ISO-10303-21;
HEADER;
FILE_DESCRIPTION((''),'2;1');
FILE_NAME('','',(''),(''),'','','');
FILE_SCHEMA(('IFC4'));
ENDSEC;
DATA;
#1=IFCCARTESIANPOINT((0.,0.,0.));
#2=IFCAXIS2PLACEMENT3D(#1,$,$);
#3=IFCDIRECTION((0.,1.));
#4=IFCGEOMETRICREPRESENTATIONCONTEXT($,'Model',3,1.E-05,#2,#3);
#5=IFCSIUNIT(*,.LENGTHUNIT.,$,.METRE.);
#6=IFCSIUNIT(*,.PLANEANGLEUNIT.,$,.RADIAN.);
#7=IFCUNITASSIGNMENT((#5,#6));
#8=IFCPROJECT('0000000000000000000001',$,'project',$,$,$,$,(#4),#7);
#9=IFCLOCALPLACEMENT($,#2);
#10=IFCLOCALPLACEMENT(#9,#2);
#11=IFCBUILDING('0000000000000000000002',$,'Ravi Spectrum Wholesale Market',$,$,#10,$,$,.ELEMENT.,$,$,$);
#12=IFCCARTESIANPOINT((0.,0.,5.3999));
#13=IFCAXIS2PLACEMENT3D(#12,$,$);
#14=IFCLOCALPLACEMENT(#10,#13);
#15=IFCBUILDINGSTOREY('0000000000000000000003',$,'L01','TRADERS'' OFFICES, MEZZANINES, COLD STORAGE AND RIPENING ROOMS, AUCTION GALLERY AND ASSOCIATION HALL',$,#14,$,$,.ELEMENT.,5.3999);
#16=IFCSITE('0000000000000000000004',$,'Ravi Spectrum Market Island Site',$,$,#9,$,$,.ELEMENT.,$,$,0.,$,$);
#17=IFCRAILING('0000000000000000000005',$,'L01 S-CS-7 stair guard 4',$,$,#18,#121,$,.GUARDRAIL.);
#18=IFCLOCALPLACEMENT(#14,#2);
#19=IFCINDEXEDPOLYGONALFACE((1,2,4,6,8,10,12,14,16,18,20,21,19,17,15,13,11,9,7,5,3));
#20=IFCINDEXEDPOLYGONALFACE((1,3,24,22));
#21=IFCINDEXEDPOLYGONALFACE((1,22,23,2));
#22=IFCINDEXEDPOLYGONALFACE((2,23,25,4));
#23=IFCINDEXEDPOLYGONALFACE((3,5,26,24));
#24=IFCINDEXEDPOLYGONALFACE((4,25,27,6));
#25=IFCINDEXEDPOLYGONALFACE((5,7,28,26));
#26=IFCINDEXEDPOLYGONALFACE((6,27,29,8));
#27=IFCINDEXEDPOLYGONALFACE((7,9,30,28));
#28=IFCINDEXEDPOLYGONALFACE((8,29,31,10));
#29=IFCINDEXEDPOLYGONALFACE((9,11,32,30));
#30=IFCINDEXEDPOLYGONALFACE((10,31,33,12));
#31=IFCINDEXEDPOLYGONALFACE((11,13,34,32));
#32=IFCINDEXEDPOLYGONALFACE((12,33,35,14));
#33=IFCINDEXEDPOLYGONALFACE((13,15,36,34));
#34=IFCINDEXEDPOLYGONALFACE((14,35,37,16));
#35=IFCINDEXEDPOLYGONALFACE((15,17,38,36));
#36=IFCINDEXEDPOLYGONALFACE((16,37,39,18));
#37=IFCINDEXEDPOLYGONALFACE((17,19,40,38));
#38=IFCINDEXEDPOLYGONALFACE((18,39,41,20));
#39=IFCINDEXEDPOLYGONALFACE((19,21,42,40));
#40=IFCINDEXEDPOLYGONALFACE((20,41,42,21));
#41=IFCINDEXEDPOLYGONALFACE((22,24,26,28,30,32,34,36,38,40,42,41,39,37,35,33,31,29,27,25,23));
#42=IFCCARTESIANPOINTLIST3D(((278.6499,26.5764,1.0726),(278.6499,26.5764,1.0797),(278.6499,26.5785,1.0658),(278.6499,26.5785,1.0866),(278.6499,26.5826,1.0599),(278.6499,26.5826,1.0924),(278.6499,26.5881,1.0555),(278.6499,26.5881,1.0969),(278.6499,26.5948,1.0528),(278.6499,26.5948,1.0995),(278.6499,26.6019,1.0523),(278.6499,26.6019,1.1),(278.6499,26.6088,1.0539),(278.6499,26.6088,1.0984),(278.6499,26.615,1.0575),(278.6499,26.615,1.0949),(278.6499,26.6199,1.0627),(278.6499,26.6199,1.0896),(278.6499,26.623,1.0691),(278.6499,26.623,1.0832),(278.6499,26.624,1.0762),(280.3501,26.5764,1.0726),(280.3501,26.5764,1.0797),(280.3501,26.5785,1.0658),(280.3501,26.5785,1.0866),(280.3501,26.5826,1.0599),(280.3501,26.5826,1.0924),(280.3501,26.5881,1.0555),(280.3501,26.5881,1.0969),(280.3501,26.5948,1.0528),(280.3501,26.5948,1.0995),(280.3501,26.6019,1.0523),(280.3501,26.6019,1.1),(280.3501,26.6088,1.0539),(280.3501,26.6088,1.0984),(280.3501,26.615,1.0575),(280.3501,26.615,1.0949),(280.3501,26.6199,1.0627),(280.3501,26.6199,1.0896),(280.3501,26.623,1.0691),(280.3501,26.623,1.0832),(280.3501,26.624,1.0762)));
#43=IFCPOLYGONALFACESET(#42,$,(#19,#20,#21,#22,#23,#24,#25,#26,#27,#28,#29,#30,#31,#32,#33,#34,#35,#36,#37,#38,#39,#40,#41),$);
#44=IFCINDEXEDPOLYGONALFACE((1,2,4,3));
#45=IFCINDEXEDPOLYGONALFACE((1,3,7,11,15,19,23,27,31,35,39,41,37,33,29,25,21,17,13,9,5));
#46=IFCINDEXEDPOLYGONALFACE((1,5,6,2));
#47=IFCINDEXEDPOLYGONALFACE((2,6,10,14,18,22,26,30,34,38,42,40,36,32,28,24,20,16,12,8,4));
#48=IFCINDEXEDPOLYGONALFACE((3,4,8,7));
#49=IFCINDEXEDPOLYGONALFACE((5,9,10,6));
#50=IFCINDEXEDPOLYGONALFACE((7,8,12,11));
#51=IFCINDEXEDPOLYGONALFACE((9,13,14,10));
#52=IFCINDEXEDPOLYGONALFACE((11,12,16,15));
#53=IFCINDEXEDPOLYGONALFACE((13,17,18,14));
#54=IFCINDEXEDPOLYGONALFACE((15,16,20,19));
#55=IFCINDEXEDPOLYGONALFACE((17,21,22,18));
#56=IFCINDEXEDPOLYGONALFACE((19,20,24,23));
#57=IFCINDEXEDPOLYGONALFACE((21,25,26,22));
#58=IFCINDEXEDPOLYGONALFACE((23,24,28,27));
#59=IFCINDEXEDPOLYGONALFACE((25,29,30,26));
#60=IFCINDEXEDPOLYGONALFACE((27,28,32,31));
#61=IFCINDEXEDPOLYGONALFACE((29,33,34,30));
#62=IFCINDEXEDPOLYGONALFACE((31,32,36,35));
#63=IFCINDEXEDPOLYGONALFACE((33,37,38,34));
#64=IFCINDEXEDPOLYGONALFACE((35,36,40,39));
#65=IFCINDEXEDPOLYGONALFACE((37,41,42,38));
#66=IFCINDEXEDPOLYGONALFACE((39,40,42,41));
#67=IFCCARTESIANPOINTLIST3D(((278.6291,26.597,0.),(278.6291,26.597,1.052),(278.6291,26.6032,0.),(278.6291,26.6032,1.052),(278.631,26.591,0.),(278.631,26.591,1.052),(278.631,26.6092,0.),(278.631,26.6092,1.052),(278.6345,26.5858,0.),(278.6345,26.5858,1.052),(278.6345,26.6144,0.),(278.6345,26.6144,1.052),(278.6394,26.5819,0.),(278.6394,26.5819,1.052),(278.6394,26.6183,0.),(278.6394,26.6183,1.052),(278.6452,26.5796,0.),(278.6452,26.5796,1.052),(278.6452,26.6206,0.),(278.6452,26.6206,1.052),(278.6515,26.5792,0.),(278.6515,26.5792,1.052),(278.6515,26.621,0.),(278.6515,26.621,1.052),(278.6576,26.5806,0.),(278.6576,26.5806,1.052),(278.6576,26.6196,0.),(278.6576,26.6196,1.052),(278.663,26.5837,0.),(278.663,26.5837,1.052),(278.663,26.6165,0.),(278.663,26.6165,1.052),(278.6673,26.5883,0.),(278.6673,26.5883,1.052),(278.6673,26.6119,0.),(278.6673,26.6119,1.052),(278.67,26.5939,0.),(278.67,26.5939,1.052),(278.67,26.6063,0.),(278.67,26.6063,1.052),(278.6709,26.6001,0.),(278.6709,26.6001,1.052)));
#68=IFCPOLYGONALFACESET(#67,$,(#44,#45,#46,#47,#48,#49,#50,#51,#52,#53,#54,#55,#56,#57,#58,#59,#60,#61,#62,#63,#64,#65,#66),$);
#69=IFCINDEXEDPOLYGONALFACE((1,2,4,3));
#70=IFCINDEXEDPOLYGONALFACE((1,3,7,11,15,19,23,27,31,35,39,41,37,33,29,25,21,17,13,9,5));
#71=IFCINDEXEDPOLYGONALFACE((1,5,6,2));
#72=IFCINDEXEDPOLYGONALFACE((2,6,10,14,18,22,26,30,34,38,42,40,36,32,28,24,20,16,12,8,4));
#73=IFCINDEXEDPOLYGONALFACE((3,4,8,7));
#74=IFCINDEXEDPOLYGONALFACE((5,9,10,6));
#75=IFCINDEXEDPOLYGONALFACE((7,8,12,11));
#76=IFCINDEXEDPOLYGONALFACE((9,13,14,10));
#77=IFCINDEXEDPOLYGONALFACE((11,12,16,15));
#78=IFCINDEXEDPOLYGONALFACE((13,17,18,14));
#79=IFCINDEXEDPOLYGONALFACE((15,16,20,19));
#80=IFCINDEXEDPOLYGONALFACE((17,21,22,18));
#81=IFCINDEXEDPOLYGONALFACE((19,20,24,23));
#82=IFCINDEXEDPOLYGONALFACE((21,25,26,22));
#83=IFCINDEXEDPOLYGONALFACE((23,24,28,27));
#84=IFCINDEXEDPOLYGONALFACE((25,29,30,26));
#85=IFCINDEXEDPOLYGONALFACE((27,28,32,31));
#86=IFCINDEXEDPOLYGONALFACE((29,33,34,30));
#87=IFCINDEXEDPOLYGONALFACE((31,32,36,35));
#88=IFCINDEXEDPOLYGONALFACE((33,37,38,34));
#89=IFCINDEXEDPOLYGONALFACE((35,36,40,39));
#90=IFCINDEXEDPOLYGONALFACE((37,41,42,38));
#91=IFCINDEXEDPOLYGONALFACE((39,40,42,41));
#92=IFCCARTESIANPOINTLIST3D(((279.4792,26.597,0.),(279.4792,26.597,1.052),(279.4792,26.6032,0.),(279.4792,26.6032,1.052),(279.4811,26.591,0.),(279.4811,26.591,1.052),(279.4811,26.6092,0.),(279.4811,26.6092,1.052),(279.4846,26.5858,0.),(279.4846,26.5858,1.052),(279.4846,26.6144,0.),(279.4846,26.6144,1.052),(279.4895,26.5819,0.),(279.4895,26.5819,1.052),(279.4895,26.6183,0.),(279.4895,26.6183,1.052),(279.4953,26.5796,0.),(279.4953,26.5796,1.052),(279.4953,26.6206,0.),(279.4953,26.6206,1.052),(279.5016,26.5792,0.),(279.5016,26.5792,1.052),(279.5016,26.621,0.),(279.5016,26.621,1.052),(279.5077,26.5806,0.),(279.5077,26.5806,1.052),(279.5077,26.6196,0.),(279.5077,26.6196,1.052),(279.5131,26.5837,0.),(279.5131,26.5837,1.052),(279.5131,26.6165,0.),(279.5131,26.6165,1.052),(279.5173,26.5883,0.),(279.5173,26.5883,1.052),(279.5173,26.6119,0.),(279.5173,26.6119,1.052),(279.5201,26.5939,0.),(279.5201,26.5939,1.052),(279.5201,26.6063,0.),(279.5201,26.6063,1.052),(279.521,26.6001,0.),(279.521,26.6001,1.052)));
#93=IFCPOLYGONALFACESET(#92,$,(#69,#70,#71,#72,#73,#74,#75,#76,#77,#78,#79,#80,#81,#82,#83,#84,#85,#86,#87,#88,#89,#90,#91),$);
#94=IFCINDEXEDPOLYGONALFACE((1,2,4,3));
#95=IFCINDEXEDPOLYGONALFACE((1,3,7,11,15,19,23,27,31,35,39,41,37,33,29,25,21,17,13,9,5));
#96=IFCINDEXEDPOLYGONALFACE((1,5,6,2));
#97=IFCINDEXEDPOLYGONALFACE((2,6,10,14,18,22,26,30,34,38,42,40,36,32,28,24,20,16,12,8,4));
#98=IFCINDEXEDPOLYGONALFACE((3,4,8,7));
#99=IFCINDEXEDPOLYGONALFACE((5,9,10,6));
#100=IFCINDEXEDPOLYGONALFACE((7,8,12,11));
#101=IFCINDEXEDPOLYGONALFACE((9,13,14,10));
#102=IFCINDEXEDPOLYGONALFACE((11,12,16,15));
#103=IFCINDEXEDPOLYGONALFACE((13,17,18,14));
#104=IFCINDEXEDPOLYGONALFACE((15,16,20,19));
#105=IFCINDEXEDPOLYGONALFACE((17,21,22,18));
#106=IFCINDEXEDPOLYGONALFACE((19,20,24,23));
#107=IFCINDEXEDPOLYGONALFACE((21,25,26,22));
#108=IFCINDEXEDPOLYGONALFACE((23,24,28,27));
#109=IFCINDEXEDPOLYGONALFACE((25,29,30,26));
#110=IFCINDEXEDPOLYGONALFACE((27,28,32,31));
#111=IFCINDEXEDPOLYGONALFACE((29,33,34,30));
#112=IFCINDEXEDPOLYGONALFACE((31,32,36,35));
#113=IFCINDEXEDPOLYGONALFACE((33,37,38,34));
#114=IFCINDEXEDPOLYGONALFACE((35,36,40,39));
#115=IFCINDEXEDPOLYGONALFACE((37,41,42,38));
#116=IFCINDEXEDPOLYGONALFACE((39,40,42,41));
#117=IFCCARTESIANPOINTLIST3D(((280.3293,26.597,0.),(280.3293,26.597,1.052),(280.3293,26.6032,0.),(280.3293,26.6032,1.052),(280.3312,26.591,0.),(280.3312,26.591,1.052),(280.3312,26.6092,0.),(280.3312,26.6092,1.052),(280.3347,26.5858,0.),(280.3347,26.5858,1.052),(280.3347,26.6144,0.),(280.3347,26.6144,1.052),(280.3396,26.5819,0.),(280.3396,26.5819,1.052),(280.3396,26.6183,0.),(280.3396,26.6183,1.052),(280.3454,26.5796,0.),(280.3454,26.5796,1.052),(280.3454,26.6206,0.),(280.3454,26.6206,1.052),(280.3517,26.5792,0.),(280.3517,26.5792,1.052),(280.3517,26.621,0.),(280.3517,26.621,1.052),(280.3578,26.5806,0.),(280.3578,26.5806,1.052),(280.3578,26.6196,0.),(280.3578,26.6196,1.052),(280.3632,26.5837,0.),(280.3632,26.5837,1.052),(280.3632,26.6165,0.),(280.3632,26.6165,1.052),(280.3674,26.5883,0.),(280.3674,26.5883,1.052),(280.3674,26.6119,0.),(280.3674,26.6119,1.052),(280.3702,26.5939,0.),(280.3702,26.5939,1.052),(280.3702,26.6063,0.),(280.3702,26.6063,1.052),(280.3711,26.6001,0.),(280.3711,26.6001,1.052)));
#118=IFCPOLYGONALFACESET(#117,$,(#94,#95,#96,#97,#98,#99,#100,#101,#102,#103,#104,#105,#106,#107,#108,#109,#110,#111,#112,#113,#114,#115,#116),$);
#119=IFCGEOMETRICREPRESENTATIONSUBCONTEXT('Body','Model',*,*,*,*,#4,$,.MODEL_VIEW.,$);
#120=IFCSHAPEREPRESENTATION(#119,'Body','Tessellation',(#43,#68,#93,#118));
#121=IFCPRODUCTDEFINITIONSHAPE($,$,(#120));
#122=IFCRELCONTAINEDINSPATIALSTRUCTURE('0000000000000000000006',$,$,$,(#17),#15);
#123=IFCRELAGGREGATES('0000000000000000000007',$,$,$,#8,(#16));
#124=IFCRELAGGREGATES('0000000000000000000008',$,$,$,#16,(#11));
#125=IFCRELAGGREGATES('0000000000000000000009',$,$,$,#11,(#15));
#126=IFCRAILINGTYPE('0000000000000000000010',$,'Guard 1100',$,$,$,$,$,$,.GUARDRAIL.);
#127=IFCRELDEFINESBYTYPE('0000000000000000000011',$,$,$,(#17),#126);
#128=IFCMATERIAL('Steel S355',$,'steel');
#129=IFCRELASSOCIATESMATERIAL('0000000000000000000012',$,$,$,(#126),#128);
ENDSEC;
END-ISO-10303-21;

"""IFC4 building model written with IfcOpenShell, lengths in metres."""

from ifc_helpers import new_model, si_unit, direction, frame, origin, origin_2d, place, context, subcontext, project, spatial, circle, extrude, material, type_object, element, save


model = new_model("IFC4")

# Units and contexts
model_context = context("Model", 3, precision=1e-05, world=origin(), true_north=direction((0.0, 1.0)))
body_context = subcontext(model_context, "Body", "Model", "MODEL_VIEW")
ifc_project = project(units=[si_unit("LENGTHUNIT", "METRE"), si_unit("PLANEANGLEUNIT", "RADIAN")], contexts=[model_context])

# Site, building, storey
site_placement = place(None, origin())
site = spatial("IfcSite", under=ifc_project, at=site_placement, Name="Ravi Spectrum Market Island Site", CompositionType="ELEMENT", RefElevation=0.0)
building_placement = place(site_placement, origin())
building = spatial("IfcBuilding", under=site, at=building_placement, Name="Ravi Spectrum Wholesale Market", CompositionType="ELEMENT")
storey_placement = place(building_placement, frame((0.0, 0.0, 5.3999)))
storey = spatial("IfcBuildingStorey", under=building, at=storey_placement, Name="L01", Description="TRADERS' OFFICES, MEZZANINES, COLD STORAGE AND RIPENING ROOMS, AUCTION GALLERY AND ASSOCIATION HALL", CompositionType="ELEMENT", Elevation=5.3999)

# Railing
ifc_material_1 = material(Name="Steel S355", Category="steel")
railing_type_1 = type_object("IfcRailingType", Name="Guard 1100", PredefinedType="GUARDRAIL", material=ifc_material_1)
railing_1_placement = place(storey_placement, frame((278.6499, 26.6001, 0.0)))
element("IfcRailing", 1, at=railing_1_placement, inside=storey, type_object=railing_type_1, Name="L01 S-CS-7 stair guard 4", PredefinedType="GUARDRAIL", context=body_context, shape_type="SweptSolid", body=[
    extrude(circle(Radius=0.0239, at=origin_2d()), frame((0.0, 0.0, 1.0762), z_axis=(1.0, 0.0, 0.0), x_axis=(0.0, 1.0, 0.0)), (0.0, 0.0, 1.0), 1.7002),
    extrude(circle(Radius=0.021, at=origin_2d()), origin(), (0.0, 0.0, 1.0), 1.052),
    extrude(circle(Radius=0.021, at=origin_2d()), frame((0.8501, 0.0, 0.0)), (0.0, 0.0, 1.0), 1.052),
    extrude(circle(Radius=0.021, at=origin_2d()), frame((1.7002, 0.0, 0.0)), (0.0, 0.0, 1.0), 1.052),
])

save(model, "model.ifc")
